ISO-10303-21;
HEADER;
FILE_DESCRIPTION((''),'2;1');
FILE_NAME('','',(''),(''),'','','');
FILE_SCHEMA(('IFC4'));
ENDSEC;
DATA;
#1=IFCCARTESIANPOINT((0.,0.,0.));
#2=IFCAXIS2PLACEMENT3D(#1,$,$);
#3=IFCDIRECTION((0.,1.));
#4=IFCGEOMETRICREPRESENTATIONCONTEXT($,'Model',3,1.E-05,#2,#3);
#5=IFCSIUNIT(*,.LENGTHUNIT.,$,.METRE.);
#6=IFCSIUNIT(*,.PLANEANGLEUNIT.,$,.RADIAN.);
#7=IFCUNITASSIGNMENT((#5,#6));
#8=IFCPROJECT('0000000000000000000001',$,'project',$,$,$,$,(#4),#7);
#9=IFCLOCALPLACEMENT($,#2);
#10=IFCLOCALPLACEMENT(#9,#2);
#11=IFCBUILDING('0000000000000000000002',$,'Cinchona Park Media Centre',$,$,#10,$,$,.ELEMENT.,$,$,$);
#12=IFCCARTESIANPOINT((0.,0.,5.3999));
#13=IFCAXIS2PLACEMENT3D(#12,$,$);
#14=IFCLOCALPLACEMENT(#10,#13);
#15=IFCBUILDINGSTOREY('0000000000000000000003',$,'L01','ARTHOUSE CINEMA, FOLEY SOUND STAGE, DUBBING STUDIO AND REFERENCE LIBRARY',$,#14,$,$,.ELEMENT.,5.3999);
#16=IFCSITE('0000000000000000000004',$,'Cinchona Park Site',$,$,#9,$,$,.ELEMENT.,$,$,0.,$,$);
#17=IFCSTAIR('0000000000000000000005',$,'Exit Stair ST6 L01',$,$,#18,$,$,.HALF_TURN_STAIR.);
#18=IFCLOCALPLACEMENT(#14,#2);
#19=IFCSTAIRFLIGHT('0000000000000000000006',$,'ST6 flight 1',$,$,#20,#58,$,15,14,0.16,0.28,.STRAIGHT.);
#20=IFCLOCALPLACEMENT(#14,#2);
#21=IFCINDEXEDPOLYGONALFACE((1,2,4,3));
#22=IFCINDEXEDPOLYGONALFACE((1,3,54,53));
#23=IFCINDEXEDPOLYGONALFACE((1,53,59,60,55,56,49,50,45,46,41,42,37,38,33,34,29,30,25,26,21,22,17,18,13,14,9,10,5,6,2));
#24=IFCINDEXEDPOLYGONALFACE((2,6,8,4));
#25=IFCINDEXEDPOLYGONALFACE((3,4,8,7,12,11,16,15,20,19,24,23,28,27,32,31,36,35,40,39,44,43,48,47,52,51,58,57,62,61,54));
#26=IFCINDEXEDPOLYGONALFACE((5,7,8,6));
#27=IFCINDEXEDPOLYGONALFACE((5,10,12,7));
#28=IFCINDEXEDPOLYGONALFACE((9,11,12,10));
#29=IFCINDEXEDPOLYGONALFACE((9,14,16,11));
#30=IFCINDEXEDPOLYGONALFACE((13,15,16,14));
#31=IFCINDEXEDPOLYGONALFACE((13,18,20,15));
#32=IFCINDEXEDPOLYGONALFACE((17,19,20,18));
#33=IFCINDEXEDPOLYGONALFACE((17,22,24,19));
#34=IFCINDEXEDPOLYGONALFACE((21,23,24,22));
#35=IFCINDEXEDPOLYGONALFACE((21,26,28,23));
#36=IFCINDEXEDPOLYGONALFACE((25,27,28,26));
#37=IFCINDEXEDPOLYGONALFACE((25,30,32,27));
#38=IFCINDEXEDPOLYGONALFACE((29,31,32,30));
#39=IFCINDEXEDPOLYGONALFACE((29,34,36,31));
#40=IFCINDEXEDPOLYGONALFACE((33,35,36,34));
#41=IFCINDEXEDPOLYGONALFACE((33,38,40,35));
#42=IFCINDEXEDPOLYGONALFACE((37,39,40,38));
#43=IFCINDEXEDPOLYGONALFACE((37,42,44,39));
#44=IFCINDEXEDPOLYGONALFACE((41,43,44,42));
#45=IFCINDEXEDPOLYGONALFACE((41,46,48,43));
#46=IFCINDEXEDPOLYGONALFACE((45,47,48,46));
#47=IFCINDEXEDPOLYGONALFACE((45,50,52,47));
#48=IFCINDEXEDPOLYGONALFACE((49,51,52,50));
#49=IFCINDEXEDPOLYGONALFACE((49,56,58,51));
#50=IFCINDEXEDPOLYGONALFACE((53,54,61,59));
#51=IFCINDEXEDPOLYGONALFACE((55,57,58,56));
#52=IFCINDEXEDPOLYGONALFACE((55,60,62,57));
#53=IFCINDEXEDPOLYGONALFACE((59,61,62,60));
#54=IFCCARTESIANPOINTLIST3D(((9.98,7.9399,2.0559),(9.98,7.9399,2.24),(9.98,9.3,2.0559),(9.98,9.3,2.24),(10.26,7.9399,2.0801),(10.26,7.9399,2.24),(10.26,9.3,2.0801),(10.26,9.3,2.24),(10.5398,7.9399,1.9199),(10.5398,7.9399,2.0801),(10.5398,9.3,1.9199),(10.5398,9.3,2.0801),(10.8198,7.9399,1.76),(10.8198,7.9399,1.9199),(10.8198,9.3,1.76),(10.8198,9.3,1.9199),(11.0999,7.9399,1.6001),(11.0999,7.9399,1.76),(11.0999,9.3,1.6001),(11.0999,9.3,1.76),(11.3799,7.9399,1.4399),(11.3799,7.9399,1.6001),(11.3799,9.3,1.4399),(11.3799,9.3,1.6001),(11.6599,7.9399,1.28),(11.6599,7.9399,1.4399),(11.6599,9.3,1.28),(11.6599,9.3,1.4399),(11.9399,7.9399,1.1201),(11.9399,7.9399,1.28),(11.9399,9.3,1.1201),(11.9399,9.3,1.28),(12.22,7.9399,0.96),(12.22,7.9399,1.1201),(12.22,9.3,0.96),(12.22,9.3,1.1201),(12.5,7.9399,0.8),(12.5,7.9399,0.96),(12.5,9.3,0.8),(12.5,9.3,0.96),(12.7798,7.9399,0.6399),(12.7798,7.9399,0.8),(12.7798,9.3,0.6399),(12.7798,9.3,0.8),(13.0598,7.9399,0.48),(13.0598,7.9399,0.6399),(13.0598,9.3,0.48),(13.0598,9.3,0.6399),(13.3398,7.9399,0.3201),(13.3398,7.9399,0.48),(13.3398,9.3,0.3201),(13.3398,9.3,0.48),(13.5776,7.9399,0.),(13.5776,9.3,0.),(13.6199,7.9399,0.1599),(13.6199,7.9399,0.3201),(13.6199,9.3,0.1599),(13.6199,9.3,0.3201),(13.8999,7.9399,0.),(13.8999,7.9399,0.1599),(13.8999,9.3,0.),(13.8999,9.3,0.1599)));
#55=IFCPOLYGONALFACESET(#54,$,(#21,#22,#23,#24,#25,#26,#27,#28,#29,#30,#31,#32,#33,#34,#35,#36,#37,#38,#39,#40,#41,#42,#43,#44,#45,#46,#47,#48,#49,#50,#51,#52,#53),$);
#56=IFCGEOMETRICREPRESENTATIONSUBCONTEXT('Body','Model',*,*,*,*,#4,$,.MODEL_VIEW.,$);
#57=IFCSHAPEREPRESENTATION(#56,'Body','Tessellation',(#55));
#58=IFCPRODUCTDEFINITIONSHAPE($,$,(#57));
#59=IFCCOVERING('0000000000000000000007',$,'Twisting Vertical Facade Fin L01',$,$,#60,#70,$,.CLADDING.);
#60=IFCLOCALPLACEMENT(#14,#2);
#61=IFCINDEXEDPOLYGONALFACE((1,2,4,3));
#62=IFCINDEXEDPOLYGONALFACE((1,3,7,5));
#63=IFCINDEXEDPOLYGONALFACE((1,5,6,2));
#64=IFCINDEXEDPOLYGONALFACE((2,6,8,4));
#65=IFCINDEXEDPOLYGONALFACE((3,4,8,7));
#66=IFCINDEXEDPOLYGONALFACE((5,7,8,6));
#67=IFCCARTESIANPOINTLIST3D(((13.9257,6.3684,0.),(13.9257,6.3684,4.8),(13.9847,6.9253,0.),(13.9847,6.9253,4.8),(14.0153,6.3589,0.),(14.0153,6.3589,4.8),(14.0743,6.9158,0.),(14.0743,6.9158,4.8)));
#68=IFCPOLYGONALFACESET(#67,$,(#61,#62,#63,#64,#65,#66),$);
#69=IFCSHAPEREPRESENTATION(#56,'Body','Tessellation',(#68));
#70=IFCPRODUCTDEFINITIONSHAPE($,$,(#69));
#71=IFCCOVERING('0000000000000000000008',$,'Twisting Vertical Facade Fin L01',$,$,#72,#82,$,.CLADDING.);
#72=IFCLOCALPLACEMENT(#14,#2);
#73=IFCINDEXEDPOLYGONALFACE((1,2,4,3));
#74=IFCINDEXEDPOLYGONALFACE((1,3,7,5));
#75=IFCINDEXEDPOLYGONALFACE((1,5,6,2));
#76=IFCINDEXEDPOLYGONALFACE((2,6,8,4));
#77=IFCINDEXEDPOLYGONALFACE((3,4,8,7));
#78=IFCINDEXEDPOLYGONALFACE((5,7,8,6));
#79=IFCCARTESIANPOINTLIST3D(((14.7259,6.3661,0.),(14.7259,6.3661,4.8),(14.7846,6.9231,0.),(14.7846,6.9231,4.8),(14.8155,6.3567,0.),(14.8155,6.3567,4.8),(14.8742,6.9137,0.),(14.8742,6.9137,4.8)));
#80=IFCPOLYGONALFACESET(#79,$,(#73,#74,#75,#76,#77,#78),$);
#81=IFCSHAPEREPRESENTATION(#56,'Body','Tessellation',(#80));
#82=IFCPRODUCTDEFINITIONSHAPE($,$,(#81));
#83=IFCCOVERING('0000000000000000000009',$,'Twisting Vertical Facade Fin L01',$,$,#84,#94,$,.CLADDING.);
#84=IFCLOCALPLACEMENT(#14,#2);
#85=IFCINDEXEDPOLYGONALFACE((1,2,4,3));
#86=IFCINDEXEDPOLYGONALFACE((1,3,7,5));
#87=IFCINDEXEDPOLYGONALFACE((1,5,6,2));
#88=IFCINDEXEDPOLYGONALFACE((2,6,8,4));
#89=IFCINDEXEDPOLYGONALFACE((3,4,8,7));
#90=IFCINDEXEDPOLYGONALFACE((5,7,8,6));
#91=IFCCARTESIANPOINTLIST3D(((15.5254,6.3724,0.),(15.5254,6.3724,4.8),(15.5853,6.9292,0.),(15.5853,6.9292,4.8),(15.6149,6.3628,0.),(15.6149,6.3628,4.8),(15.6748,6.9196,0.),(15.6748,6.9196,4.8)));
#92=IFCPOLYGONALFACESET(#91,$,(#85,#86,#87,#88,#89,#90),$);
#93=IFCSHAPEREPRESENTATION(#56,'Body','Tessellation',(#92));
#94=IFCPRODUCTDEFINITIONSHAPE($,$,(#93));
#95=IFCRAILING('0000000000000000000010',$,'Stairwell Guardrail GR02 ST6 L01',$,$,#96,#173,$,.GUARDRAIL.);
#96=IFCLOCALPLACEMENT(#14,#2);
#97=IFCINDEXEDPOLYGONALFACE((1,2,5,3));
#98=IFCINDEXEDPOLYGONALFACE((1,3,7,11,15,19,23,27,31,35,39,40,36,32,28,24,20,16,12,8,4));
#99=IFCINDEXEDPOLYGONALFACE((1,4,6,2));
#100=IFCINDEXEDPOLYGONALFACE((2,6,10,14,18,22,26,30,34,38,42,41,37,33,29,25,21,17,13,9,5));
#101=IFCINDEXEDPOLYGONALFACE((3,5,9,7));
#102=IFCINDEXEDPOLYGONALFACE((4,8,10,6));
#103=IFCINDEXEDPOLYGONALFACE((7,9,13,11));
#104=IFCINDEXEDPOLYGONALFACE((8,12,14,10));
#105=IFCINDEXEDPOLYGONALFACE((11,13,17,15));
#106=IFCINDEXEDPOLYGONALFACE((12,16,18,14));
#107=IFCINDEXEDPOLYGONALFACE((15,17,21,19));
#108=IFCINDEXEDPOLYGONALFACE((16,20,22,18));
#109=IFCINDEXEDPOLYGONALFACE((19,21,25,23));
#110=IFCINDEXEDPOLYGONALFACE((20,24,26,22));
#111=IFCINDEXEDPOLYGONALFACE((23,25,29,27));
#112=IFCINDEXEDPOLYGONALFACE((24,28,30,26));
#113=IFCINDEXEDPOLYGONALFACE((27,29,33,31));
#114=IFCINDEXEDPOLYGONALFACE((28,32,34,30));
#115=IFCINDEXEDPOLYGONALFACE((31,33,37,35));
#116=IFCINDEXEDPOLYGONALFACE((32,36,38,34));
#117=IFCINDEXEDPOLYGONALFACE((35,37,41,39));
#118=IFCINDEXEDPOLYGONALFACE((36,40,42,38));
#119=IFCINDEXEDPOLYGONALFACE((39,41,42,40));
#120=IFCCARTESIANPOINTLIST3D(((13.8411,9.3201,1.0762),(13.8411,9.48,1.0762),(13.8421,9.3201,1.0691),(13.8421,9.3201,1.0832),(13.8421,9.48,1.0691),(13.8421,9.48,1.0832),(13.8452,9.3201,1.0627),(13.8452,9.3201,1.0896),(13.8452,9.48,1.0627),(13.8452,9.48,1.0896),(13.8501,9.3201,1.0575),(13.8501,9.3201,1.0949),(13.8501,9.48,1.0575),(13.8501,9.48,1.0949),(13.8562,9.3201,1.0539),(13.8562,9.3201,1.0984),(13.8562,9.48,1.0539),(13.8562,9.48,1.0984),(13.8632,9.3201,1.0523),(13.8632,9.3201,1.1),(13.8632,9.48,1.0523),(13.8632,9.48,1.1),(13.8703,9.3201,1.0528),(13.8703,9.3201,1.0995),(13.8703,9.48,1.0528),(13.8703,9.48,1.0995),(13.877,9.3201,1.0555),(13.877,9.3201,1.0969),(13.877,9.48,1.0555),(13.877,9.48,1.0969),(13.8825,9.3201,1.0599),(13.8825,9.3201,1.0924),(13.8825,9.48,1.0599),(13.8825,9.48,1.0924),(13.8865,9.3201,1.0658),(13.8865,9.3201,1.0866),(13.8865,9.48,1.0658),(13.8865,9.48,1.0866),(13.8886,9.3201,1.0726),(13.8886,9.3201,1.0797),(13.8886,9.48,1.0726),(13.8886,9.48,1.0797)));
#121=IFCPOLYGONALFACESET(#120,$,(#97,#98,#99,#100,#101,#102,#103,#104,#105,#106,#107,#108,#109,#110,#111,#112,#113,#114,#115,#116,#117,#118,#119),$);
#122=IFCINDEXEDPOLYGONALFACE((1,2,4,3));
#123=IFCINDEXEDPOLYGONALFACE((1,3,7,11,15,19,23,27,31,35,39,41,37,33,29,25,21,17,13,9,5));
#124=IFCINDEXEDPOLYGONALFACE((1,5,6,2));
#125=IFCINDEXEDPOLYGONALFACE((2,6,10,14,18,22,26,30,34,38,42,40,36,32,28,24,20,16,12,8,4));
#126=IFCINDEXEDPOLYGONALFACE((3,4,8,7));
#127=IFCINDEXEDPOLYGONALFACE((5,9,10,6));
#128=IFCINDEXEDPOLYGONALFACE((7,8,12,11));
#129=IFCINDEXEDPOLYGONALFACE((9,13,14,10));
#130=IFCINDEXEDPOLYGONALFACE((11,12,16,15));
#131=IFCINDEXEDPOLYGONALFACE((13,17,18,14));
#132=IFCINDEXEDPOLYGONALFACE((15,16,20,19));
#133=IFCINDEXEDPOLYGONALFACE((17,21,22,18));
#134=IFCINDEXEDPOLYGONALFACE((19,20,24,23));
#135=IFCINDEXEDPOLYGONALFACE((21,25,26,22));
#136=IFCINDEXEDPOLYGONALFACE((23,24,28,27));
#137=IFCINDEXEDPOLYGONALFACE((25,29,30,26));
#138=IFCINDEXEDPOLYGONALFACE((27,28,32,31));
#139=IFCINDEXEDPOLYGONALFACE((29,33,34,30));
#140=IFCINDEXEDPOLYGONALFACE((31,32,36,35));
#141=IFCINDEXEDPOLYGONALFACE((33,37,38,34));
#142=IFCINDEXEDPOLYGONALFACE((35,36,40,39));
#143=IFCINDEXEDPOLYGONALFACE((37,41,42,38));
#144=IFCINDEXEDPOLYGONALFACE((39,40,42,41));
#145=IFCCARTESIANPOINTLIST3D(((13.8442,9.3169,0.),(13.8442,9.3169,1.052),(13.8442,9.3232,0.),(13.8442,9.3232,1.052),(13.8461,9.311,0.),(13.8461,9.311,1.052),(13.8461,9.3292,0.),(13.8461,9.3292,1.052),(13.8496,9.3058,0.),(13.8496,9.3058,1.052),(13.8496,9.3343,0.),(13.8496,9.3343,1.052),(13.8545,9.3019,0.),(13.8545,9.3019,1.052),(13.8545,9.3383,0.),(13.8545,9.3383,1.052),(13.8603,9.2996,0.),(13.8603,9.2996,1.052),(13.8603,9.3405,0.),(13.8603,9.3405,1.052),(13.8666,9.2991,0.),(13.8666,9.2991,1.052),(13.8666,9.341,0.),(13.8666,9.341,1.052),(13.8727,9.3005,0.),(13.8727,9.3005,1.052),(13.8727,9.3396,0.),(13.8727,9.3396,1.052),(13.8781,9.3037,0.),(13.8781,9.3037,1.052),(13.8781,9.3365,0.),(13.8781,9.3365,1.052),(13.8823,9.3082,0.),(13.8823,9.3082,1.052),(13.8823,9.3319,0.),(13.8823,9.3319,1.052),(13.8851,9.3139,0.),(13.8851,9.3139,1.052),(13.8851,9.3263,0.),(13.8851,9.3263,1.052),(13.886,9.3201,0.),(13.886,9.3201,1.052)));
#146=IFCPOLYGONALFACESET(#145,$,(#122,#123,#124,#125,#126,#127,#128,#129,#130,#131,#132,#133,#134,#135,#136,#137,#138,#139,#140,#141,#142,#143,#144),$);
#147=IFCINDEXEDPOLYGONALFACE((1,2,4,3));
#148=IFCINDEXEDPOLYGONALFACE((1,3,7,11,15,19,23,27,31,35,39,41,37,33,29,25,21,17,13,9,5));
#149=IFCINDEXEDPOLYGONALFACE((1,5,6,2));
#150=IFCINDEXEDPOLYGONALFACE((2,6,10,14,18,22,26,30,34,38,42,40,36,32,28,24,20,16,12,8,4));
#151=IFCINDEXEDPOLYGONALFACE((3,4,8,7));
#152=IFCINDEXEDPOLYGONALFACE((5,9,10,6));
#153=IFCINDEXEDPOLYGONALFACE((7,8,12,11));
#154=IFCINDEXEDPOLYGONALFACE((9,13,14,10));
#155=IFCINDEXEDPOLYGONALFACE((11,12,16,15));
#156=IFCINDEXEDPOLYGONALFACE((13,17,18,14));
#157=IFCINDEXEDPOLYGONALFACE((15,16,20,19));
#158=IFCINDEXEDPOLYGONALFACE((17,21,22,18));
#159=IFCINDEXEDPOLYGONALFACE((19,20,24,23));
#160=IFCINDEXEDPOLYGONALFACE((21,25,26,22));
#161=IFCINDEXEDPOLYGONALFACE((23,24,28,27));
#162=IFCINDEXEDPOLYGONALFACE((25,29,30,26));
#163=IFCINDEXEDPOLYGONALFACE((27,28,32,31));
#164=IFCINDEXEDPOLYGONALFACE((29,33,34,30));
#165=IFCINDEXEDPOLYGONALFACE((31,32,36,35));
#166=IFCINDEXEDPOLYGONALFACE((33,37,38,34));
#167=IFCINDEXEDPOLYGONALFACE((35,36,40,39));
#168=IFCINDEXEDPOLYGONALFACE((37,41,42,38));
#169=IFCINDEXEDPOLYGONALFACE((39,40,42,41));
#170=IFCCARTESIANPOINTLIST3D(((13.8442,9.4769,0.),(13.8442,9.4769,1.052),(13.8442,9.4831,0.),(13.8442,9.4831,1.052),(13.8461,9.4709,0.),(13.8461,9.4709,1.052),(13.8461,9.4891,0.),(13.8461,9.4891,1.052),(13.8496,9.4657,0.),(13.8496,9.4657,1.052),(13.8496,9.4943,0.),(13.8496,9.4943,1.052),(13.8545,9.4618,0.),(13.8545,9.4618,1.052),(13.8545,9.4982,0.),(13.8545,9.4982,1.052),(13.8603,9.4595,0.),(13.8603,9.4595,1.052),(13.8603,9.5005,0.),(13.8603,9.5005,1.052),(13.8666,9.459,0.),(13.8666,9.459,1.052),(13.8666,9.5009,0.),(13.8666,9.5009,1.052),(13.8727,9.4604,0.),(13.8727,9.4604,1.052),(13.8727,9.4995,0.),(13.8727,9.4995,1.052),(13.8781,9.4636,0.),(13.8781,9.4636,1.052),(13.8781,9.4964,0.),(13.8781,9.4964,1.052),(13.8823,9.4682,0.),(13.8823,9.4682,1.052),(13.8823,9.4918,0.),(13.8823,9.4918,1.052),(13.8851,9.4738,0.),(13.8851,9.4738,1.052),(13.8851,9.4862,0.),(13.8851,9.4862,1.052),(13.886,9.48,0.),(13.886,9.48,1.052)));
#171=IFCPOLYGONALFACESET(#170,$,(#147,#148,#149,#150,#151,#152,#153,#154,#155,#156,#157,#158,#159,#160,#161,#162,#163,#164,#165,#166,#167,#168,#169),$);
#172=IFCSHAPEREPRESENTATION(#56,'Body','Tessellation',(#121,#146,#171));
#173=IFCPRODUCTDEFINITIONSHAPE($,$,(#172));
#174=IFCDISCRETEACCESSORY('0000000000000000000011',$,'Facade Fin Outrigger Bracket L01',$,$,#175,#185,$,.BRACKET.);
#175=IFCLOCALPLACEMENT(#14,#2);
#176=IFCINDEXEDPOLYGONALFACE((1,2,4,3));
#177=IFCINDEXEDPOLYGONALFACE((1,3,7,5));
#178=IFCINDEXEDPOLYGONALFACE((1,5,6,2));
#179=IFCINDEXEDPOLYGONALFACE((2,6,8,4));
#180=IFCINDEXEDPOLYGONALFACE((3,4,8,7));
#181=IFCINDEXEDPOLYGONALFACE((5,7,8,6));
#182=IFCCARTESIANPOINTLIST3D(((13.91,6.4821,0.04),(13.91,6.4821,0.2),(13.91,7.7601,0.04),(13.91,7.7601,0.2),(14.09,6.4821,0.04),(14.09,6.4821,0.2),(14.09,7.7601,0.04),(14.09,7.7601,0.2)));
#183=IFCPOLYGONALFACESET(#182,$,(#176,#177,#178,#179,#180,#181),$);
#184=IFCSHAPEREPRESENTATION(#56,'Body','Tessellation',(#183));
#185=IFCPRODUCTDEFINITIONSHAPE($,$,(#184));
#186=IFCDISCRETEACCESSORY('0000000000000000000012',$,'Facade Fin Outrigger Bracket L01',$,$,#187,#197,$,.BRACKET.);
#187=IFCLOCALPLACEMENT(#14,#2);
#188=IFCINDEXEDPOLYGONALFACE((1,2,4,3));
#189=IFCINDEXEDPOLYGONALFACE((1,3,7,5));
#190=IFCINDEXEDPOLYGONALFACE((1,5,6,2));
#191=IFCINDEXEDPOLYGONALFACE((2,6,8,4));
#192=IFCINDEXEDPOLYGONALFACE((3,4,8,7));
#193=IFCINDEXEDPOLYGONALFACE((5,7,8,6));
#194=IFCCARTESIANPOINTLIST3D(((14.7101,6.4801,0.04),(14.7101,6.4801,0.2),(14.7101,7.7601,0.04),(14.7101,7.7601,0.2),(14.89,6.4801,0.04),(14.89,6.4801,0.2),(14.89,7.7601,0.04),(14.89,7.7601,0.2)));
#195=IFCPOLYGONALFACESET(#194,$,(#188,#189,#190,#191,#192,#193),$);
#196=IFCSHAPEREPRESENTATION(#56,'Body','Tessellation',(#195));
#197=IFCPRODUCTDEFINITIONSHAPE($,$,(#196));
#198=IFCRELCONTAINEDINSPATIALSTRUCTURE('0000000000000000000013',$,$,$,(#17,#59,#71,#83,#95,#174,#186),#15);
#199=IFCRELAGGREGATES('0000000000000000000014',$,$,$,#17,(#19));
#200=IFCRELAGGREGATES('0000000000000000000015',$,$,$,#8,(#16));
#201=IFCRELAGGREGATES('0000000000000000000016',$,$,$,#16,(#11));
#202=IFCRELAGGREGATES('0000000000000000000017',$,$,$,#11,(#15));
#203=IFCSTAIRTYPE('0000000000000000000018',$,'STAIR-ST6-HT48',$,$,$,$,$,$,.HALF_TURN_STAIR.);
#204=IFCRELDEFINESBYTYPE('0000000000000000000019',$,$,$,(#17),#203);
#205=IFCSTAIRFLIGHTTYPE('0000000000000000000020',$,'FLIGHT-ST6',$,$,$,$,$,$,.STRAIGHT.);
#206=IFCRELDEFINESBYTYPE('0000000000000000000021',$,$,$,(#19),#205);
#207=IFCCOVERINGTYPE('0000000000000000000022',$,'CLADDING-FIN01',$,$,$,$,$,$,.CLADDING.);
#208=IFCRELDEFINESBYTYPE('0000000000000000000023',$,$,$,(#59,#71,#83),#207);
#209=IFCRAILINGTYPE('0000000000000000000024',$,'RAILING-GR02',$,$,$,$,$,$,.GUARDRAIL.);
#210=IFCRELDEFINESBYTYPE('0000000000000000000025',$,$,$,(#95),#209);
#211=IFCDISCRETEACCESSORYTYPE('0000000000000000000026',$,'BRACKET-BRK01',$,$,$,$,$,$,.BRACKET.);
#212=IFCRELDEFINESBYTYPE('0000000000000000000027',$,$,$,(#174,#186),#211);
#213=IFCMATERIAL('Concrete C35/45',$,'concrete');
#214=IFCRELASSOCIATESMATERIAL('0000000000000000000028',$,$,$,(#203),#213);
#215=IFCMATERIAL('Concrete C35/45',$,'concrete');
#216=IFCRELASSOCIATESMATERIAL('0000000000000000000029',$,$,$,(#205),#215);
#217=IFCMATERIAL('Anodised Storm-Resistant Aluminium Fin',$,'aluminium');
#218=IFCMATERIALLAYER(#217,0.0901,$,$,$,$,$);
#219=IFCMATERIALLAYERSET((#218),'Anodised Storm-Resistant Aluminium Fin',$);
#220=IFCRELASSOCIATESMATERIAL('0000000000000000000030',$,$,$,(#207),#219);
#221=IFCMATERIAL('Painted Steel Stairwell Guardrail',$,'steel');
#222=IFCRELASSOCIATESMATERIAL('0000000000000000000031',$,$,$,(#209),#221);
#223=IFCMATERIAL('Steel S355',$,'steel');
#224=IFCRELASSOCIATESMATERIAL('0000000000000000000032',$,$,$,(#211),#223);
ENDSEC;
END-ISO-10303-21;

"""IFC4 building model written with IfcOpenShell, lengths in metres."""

from ifc_helpers import new_model, si_unit, direction, frame, origin, origin_2d, place, context, subcontext, project, spatial, polyline, rectangle, circle, outline, extrude, material, layer, layer_set, type_object, element, aggregate, save


model = new_model("IFC4")

# Units and contexts
model_context = context("Model", 3, precision=1e-05, world=origin(), true_north=direction((0.0, 1.0)))
body_context = subcontext(model_context, "Body", "Model", "MODEL_VIEW")
ifc_project = project(units=[si_unit("LENGTHUNIT", "METRE"), si_unit("PLANEANGLEUNIT", "RADIAN")], contexts=[model_context])

# Site, building, storey
site_placement = place(None, origin())
site = spatial("IfcSite", under=ifc_project, at=site_placement, Name="Cinchona Park Site", CompositionType="ELEMENT", RefElevation=0.0)
building_placement = place(site_placement, origin())
building = spatial("IfcBuilding", under=site, at=building_placement, Name="Cinchona Park Media Centre", CompositionType="ELEMENT")
storey_placement = place(building_placement, frame((0.0, 0.0, 5.3999)))
storey = spatial("IfcBuildingStorey", under=building, at=storey_placement, Name="L01", Description="ARTHOUSE CINEMA, FOLEY SOUND STAGE, DUBBING STUDIO AND REFERENCE LIBRARY", CompositionType="ELEMENT", Elevation=5.3999)

# Stair, stair flight
ifc_material_1 = material(Name="Concrete C35/45", Category="concrete")
stair_type = type_object("IfcStairType", Name="STAIR-ST6-HT48", PredefinedType="HALF_TURN_STAIR", material=ifc_material_1)
stair_placement = place(storey_placement, origin())
stair = element("IfcStair", 1, at=stair_placement, inside=storey, type_object=stair_type, Name="Exit Stair ST6 L01", PredefinedType="HALF_TURN_STAIR")
ifc_material_2 = material(Name="Concrete C35/45", Category="concrete")
stair_flight_type = type_object("IfcStairFlightType", Name="FLIGHT-ST6", PredefinedType="STRAIGHT", material=ifc_material_2)
stair_flight_placement = place(storey_placement, frame((13.8999, 8.6201, 0.0), z_axis=(0.0, 0.0, 1.0), x_axis=(-1.0, 0.0, 0.0)))
stair_flight = element("IfcStairFlight", 2, at=stair_flight_placement, type_object=stair_flight_type, Name="ST6 flight 1", NumberOfRisers=15, NumberOfTreads=14, PredefinedType="STRAIGHT", RiserHeight=0.16, TreadLength=0.28, context=body_context, shape_type="SweptSolid", body=[
    extrude(outline(polyline([(0.0, 0.0), (0.0, 0.1599), (0.28, 0.1599), (0.28, 0.3201), (0.5601, 0.3201), (0.5601, 0.48), (0.8401, 0.48), (0.8401, 0.6399), (1.1201, 0.6399), (1.1201, 0.8), (1.3999, 0.8), (1.3999, 0.96), (1.6799, 0.96), (1.6799, 1.1201), (1.96, 1.1201), (1.96, 1.28), (2.24, 1.28), (2.24, 1.4399), (2.52, 1.4399), (2.52, 1.6001), (2.8, 1.6001), (2.8, 1.76), (3.0801, 1.76), (3.0801, 1.9199), (3.3601, 1.9199), (3.3601, 2.0801), (3.6399, 2.0801), (3.6399, 2.24), (3.9199, 2.24), (3.9199, 2.3999), (3.9199, 2.0559), (0.3223, 0.0), (0.0, 0.0)])), frame((0.0, 0.6802, 0.0), z_axis=(0.0, -1.0, 0.0), x_axis=(1.0, 0.0, 0.0)), (0.0, 0.0, 1.0), 1.3601),
])
aggregate(stair, [stair_flight])

# Coverings
ifc_material_3 = material(Name="Anodised Storm-Resistant Aluminium Fin", Category="aluminium")
ifc_layer_1 = layer(ifc_material_3, 0.0901)
ifc_layer_set_1 = layer_set([ifc_layer_1], Name="Anodised Storm-Resistant Aluminium Fin")
covering_type = type_object("IfcCoveringType", Name="CLADDING-FIN01", PredefinedType="CLADDING", material=ifc_layer_set_1)
for number, where, z_axis, x_axis, name in (
    (3, (14.0, 6.6421, 0.0), (0.0, 0.0, 1.0), (0.105396, 0.99443, 0.0), "Twisting Vertical Facade Fin L01"),
    (4, (14.8, 6.6399, 0.0), (0.0, 0.0, 1.0), (0.104702, 0.994504, 0.0), "Twisting Vertical Facade Fin L01"),
    (5, (15.6001, 6.646, 0.0), (0.0, 0.0, 1.0), (0.106958, 0.994264, 0.0), "Twisting Vertical Facade Fin L01"),
):
    element("IfcCovering", number, at=place(storey_placement, frame(where, z_axis=z_axis, x_axis=x_axis)), inside=storey, type_object=covering_type, Name=name, PredefinedType="CLADDING", context=body_context, shape_type="SweptSolid", body=[
        extrude(rectangle(XDim=0.5601, YDim=0.0901, at=origin_2d()), origin(), (0.0, 0.0, 1.0), 4.8),
    ])

# Railing
ifc_material_4 = material(Name="Painted Steel Stairwell Guardrail", Category="steel")
railing_type = type_object("IfcRailingType", Name="RAILING-GR02", PredefinedType="GUARDRAIL", material=ifc_material_4)
railing_placement = place(storey_placement, frame((13.865, 9.3201, 0.0)))
element("IfcRailing", 6, at=railing_placement, inside=storey, type_object=railing_type, Name="Stairwell Guardrail GR02 ST6 L01", PredefinedType="GUARDRAIL", context=body_context, shape_type="SweptSolid", body=[
    extrude(circle(Radius=0.0239, at=origin_2d()), frame((0.0, 0.0, 1.0762), z_axis=(0.0, 1.0, 0.0), x_axis=(-1.0, 0.0, 0.0)), (0.0, 0.0, 1.0), 0.1599),
    extrude(circle(Radius=0.021, at=origin_2d()), origin(), (0.0, 0.0, 1.0), 1.052),
    extrude(circle(Radius=0.021, at=origin_2d()), frame((0.0, 0.1599, 0.0)), (0.0, 0.0, 1.0), 1.052),
])

# Discrete accessories
ifc_material_5 = material(Name="Steel S355", Category="steel")
discrete_accessory_type = type_object("IfcDiscreteAccessoryType", Name="BRACKET-BRK01", PredefinedType="BRACKET", material=ifc_material_5)
discrete_accessory_1_placement = place(storey_placement, frame((14.0, 7.1211, 0.04), z_axis=(0.0, 0.0, 1.0), x_axis=(1.0, 0.0, 0.0)))
element("IfcDiscreteAccessory", 7, at=discrete_accessory_1_placement, inside=storey, type_object=discrete_accessory_type, Name="Facade Fin Outrigger Bracket L01", PredefinedType="BRACKET", context=body_context, shape_type="SweptSolid", body=[
    extrude(rectangle(XDim=0.1799, YDim=1.2781, at=origin_2d()), origin(), (0.0, 0.0, 1.0), 0.1599),
])
discrete_accessory_2_placement = place(storey_placement, frame((14.8, 7.1201, 0.04), z_axis=(0.0, 0.0, 1.0), x_axis=(1.0, 0.0, 0.0)))
element("IfcDiscreteAccessory", 8, at=discrete_accessory_2_placement, inside=storey, type_object=discrete_accessory_type, Name="Facade Fin Outrigger Bracket L01", PredefinedType="BRACKET", context=body_context, shape_type="SweptSolid", body=[
    extrude(rectangle(XDim=0.1799, YDim=1.28, at=origin_2d()), origin(), (0.0, 0.0, 1.0), 0.1599),
])

save(model, "model.ifc")
